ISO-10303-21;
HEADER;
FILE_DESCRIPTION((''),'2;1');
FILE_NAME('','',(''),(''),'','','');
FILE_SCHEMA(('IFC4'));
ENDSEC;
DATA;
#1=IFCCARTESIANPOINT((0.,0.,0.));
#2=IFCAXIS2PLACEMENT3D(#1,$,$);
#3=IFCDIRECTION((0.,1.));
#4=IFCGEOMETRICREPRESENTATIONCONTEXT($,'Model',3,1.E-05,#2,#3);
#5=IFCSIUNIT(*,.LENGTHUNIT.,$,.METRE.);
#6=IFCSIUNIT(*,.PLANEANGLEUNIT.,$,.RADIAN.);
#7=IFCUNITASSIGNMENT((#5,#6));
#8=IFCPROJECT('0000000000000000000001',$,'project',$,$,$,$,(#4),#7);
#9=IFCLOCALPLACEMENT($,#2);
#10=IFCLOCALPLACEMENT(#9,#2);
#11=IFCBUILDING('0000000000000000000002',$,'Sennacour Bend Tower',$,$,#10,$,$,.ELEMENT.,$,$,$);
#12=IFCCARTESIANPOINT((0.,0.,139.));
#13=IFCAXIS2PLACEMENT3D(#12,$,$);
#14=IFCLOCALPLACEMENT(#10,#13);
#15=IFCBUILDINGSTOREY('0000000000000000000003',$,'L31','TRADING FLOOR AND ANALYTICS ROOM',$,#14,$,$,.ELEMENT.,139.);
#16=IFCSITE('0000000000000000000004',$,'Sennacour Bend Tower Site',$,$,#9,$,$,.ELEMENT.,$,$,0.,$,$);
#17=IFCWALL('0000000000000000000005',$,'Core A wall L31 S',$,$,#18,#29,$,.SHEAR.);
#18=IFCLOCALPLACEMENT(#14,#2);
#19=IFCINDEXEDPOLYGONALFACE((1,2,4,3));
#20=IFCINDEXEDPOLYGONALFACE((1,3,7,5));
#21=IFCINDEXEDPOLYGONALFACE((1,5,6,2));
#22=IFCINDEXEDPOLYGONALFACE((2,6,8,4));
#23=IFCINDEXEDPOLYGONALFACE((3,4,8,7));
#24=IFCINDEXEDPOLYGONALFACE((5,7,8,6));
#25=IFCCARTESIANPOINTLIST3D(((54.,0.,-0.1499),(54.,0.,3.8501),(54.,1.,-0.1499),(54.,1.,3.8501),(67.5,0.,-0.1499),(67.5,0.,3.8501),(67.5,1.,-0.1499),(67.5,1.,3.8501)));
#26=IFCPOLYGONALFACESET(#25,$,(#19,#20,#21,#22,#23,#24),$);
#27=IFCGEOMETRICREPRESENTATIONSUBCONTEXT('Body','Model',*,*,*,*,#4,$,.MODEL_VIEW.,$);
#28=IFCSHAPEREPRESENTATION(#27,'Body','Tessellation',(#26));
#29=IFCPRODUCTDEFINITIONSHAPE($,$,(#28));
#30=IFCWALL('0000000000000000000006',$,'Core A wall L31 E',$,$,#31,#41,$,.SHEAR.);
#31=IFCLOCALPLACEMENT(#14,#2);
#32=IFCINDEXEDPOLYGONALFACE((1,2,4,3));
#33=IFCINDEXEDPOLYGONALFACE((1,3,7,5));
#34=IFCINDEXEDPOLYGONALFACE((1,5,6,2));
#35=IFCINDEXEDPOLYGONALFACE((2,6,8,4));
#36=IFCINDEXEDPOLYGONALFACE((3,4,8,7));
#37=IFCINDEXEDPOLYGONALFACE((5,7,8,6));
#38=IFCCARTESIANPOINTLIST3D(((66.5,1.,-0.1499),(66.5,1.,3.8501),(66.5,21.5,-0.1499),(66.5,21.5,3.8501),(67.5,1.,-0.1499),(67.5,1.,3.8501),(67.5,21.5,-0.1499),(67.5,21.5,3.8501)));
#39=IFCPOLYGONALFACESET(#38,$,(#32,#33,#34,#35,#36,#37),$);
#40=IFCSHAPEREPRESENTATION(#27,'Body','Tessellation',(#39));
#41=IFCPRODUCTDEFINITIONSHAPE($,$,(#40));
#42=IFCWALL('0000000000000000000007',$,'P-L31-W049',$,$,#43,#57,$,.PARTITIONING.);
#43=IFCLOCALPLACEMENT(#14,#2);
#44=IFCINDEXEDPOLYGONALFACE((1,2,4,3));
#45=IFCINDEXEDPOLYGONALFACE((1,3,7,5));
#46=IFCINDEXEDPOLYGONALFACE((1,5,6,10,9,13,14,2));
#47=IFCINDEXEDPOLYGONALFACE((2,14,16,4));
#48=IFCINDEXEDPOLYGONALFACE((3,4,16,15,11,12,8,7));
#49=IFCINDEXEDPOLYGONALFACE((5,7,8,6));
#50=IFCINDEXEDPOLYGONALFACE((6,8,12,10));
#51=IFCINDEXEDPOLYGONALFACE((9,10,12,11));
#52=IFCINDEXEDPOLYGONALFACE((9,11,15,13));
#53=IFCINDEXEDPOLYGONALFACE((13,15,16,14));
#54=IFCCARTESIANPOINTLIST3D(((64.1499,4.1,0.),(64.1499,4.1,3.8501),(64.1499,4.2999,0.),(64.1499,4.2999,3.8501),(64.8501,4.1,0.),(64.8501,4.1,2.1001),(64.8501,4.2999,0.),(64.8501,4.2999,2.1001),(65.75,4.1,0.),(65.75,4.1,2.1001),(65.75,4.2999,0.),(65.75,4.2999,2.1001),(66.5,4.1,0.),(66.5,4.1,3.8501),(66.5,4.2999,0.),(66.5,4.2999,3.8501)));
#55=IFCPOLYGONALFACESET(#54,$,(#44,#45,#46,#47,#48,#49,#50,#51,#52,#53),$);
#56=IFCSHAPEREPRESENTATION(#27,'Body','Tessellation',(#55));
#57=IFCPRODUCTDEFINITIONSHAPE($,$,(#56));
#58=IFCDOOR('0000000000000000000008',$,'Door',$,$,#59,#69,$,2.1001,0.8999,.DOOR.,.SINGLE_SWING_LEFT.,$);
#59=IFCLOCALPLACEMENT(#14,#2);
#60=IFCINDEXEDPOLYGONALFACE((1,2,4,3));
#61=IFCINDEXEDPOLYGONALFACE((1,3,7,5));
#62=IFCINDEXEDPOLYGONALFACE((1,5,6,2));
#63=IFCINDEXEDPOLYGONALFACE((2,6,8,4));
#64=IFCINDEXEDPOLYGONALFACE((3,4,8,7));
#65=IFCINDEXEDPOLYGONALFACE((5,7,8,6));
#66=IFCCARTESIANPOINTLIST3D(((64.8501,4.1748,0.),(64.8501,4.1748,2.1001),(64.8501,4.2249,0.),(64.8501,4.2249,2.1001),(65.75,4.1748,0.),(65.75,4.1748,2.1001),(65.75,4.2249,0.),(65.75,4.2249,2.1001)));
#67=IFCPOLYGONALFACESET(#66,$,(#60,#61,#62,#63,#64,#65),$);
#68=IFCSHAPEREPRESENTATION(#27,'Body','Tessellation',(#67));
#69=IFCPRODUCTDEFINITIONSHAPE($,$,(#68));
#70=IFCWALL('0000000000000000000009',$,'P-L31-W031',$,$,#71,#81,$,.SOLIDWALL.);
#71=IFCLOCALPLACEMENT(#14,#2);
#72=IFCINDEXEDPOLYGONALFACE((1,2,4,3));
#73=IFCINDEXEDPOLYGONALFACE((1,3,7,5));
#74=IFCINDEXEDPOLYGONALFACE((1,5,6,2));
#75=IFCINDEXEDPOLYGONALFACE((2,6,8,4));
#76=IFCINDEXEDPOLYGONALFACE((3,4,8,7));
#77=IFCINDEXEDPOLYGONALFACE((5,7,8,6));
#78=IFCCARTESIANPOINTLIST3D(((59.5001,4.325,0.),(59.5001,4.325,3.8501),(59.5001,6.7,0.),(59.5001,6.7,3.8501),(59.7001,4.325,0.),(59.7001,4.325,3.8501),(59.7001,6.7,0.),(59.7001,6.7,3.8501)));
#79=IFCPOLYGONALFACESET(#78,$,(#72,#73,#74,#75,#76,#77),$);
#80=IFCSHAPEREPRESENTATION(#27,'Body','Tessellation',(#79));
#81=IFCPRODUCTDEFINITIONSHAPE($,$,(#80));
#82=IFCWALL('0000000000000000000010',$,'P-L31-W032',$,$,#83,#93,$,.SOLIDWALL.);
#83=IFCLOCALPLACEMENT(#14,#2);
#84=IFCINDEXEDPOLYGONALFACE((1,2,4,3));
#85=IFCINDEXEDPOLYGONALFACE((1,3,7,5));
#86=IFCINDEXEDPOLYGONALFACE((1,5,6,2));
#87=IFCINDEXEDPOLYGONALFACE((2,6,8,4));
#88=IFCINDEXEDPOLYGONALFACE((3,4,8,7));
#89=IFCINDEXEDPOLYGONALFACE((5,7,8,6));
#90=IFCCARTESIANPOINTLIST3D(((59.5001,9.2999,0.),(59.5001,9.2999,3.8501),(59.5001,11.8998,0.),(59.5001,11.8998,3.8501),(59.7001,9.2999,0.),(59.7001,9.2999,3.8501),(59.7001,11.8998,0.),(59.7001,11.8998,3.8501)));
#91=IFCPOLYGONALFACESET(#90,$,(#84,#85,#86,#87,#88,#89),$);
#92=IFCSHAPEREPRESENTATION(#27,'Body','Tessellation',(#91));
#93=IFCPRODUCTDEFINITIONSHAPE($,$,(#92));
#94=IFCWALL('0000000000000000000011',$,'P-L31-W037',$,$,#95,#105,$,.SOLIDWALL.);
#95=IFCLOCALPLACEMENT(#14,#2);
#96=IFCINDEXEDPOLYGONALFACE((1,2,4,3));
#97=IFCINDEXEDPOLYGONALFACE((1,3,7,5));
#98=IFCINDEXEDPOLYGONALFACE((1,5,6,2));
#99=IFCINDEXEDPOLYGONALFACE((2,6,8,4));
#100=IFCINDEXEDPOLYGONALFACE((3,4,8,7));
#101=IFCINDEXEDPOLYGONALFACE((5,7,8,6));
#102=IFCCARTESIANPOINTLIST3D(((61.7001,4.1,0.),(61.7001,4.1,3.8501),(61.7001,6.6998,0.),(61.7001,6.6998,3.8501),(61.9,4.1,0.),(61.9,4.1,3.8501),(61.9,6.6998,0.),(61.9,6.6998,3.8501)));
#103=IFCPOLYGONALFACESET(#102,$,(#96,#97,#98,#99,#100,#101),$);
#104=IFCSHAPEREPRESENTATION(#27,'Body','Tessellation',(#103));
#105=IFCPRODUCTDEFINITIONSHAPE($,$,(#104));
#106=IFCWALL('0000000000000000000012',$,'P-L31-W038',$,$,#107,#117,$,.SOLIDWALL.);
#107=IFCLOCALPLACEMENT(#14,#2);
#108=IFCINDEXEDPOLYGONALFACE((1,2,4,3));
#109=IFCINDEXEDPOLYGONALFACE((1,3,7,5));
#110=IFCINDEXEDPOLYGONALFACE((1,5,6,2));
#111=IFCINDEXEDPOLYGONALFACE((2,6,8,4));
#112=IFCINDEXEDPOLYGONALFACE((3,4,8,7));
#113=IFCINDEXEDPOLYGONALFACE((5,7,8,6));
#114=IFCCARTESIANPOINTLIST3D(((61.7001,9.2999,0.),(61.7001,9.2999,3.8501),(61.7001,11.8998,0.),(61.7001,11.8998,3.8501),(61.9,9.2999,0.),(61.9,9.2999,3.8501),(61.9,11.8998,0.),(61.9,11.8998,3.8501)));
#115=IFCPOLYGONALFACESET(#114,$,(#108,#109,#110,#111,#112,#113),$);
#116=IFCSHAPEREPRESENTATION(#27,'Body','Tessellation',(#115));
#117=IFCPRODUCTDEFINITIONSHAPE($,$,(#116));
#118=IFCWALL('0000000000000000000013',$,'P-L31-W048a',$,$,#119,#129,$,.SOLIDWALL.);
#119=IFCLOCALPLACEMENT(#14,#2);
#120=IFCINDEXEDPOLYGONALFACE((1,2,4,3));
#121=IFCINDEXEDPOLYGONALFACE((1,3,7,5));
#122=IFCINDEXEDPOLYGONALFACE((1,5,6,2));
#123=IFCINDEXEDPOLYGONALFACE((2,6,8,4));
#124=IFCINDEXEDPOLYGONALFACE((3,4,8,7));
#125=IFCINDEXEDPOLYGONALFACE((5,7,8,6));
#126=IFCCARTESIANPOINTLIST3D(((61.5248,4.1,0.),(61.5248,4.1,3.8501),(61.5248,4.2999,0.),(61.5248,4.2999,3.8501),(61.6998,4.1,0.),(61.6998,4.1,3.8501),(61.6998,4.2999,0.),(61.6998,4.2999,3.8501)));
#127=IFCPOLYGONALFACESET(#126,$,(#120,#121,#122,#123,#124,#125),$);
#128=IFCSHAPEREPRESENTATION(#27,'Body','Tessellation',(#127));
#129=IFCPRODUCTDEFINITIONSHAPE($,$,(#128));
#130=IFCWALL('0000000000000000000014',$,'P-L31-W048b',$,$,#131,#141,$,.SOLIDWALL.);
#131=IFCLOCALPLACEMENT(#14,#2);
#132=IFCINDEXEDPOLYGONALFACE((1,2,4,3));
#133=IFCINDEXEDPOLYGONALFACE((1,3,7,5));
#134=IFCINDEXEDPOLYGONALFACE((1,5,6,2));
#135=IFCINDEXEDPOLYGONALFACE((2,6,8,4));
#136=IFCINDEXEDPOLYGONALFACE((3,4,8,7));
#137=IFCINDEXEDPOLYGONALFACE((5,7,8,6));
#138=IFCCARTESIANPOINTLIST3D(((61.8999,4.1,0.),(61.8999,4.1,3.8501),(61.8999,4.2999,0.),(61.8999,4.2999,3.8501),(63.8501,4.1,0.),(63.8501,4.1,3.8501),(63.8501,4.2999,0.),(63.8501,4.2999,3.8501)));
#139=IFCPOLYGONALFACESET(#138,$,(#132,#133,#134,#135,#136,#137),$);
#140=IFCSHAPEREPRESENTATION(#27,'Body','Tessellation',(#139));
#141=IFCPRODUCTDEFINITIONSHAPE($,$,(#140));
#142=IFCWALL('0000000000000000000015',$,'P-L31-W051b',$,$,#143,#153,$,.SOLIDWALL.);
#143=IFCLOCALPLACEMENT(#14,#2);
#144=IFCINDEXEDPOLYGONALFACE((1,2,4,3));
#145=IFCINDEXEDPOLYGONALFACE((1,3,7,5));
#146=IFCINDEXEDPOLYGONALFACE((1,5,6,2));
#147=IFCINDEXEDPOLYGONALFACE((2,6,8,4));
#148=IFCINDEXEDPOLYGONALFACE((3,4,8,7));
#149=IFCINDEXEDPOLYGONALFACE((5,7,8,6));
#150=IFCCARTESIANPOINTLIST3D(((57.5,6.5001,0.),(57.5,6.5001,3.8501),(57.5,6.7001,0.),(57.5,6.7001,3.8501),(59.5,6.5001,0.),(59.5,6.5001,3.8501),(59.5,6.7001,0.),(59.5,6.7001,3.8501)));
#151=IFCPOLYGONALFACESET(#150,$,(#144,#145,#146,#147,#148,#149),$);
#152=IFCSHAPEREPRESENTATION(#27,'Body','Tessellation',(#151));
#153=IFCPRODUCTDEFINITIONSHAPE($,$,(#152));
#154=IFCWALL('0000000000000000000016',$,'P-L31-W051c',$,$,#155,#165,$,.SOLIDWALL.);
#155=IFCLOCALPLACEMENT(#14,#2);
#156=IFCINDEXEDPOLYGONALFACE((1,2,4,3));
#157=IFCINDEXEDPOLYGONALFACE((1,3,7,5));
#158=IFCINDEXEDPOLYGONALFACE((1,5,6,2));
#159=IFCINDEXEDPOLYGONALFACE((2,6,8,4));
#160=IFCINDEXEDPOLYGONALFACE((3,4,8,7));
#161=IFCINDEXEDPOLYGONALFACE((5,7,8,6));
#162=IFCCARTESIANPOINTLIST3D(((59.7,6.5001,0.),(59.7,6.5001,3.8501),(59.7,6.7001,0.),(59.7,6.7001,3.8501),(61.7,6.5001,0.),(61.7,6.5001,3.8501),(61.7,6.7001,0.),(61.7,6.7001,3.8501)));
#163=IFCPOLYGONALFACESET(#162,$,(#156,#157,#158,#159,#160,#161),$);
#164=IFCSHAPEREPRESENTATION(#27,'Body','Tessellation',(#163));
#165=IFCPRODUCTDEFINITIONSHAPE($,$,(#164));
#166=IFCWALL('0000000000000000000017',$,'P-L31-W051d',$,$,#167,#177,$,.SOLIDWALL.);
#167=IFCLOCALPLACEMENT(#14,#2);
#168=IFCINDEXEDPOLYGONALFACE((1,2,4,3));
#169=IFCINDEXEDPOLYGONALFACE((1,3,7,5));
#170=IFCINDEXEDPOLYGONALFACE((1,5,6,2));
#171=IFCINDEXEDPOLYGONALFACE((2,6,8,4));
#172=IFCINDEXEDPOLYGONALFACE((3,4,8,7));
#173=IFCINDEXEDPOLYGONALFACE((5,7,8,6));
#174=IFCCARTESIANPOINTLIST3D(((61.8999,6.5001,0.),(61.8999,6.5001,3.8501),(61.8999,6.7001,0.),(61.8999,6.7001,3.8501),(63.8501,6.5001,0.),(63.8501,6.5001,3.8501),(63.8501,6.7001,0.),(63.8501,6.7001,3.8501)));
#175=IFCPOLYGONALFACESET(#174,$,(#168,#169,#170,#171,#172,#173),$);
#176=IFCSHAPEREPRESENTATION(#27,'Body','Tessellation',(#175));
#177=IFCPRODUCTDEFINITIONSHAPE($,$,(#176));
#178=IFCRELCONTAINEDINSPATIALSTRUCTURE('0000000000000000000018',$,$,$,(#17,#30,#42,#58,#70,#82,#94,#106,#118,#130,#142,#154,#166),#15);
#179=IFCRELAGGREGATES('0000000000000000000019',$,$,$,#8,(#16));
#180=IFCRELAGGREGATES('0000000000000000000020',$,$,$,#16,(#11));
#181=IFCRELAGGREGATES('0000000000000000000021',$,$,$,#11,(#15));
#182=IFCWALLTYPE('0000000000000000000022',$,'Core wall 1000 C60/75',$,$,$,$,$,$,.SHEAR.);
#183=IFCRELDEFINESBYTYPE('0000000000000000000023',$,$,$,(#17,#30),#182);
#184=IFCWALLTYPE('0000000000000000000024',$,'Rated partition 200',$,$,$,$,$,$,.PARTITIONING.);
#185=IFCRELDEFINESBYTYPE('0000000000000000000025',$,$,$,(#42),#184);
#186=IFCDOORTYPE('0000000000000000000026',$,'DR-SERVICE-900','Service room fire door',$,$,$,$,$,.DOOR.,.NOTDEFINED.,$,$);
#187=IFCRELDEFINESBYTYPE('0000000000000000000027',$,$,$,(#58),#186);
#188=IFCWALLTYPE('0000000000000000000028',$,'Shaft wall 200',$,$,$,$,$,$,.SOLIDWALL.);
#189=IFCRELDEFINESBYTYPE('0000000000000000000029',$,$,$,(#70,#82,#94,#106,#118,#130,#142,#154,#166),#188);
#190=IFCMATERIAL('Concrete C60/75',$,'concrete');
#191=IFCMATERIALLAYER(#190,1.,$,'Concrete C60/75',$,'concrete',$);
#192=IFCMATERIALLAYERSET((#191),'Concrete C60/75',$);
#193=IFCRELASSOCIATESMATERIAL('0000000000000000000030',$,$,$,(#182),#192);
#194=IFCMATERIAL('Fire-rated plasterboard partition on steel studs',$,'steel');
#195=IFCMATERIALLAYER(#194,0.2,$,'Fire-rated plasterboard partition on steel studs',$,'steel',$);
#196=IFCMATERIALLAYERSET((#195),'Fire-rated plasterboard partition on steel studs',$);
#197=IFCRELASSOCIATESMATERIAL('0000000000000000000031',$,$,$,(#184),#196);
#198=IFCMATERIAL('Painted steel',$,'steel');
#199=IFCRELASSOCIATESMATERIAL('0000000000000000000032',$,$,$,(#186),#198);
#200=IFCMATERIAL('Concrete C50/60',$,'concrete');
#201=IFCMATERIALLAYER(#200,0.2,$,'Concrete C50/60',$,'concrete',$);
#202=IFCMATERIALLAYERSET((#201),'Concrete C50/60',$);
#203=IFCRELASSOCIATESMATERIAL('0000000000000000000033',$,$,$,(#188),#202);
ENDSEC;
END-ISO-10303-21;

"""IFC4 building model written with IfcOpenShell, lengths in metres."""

from ifc_helpers import new_model, si_unit, direction, frame, frame_2d, origin, place, context, subcontext, project, spatial, rectangle, extrude, material, layer, layer_set, type_object, element, fill, save


model = new_model("IFC4")

# Units and contexts
model_context = context("Model", 3, precision=1e-05, world=origin(), true_north=direction((0.0, 1.0)))
body_context = subcontext(model_context, "Body", "Model", "MODEL_VIEW")
ifc_project = project(units=[si_unit("LENGTHUNIT", "METRE"), si_unit("PLANEANGLEUNIT", "RADIAN")], contexts=[model_context])

# Site, building, storey
site_placement = place(None, origin())
site = spatial("IfcSite", under=ifc_project, at=site_placement, Name="Sennacour Bend Tower Site", CompositionType="ELEMENT", RefElevation=0.0)
building_placement = place(site_placement, origin())
building = spatial("IfcBuilding", under=site, at=building_placement, Name="Sennacour Bend Tower", CompositionType="ELEMENT")
storey_placement = place(building_placement, frame((0.0, 0.0, 139.0)))
storey = spatial("IfcBuildingStorey", under=building, at=storey_placement, Name="L31", Description="TRADING FLOOR AND ANALYTICS ROOM", CompositionType="ELEMENT", Elevation=139.0)

# Walls
ifc_material_1 = material(Name="Concrete C60/75", Category="concrete")
ifc_layer_1 = layer(ifc_material_1, 1.0, Name="Concrete C60/75", Category="concrete")
ifc_layer_set_1 = layer_set([ifc_layer_1], Name="Concrete C60/75")
wall_type_1 = type_object("IfcWallType", Name="Core wall 1000 C60/75", PredefinedType="SHEAR", material=ifc_layer_set_1)
wall_1_placement = place(storey_placement, frame((67.5, 0.5, -0.1499), z_axis=(0.0, 0.0, 1.0), x_axis=(-1.0, 0.0, 0.0)))
element("IfcWall", 1, at=wall_1_placement, inside=storey, type_object=wall_type_1, Name="Core A wall L31 S", PredefinedType="SHEAR", context=body_context, shape_type="SweptSolid", body=[
    extrude(rectangle(XDim=13.5, YDim=1.0, at=frame_2d((6.75, 0.0))), origin(), (0.0, 0.0, 1.0), 4.0),
])
wall_2_placement = place(storey_placement, frame((67.0, 1.0, -0.1499), z_axis=(0.0, 0.0, 1.0), x_axis=(0.0, 1.0, 0.0)))
element("IfcWall", 2, at=wall_2_placement, inside=storey, type_object=wall_type_1, Name="Core A wall L31 E", PredefinedType="SHEAR", context=body_context, shape_type="SweptSolid", body=[
    extrude(rectangle(XDim=20.5, YDim=1.0, at=frame_2d((10.25, 0.0))), origin(), (0.0, 0.0, 1.0), 4.0),
])

# Wall, opening, door
ifc_material_2 = material(Name="Fire-rated plasterboard partition on steel studs", Category="steel")
ifc_layer_2 = layer(ifc_material_2, 0.2, Name="Fire-rated plasterboard partition on steel studs", Category="steel")
ifc_layer_set_2 = layer_set([ifc_layer_2], Name="Fire-rated plasterboard partition on steel studs")
wall_type_2 = type_object("IfcWallType", Name="Rated partition 200", PredefinedType="PARTITIONING", material=ifc_layer_set_2)
wall_3_placement = place(storey_placement, frame((64.1499, 4.2, 0.0), z_axis=(0.0, 0.0, 1.0), x_axis=(1.0, 0.0, 0.0)))
wall_3 = element("IfcWall", 3, at=wall_3_placement, inside=storey, type_object=wall_type_2, Name="P-L31-W049", PredefinedType="PARTITIONING", context=body_context, shape_type="SweptSolid", body=[
    extrude(rectangle(XDim=2.3501, YDim=0.2, at=frame_2d((1.175, 0.0))), origin(), (0.0, 0.0, 1.0), 3.8501),
])
opening_1_placement = place(wall_3_placement, frame((0.7002, 0.0, 0.0)))
opening_1 = element("IfcOpeningElement", 4, at=opening_1_placement, cuts=wall_3, PredefinedType="OPENING", context=body_context, shape_type="SweptSolid", body=[
    extrude(rectangle(XDim=0.8999, YDim=2.1001, at=frame_2d((0.45, 1.05))), frame((0.0, 0.1099, 0.0), z_axis=(0.0, -1.0, 0.0), x_axis=(1.0, 0.0, 0.0)), (0.0, 0.0, 1.0), 0.22),
])
ifc_material_3 = material(Name="Painted steel", Category="steel")
door_type_1 = type_object("IfcDoorType", Name="DR-SERVICE-900", Description="Service room fire door", OperationType="NOTDEFINED", PredefinedType="DOOR", material=ifc_material_3)
door_1_placement = place(opening_1_placement, origin())
door_1 = element("IfcDoor", 5, at=door_1_placement, inside=storey, type_object=door_type_1, Name="Door", OperationType="SINGLE_SWING_LEFT", OverallHeight=2.1001, OverallWidth=0.8999, PredefinedType="DOOR", context=body_context, shape_type="SweptSolid", body=[
    extrude(rectangle(XDim=0.8999, YDim=2.1001, at=frame_2d((0.45, 1.05))), frame((0.0, 0.0249, 0.0), z_axis=(0.0, -1.0, 0.0), x_axis=(1.0, 0.0, 0.0)), (0.0, 0.0, 1.0), 0.05),
])
fill(opening_1, door_1)

# Walls
ifc_material_4 = material(Name="Concrete C50/60", Category="concrete")
ifc_layer_3 = layer(ifc_material_4, 0.2, Name="Concrete C50/60", Category="concrete")
ifc_layer_set_3 = layer_set([ifc_layer_3], Name="Concrete C50/60")
wall_type_3 = type_object("IfcWallType", Name="Shaft wall 200", PredefinedType="SOLIDWALL", material=ifc_layer_set_3)
wall_4_placement = place(storey_placement, frame((59.6001, 4.325, 0.0), z_axis=(0.0, 0.0, 1.0), x_axis=(0.0, 1.0, 0.0)))
element("IfcWall", 6, at=wall_4_placement, inside=storey, type_object=wall_type_3, Name="P-L31-W031", PredefinedType="SOLIDWALL", context=body_context, shape_type="SweptSolid", body=[
    extrude(rectangle(XDim=2.375, YDim=0.2, at=frame_2d((1.1875, 0.0))), origin(), (0.0, 0.0, 1.0), 3.8501),
])
for number, where, z_axis, x_axis, name in (
    (7, (59.6001, 9.3, 0.0), (0.0, 0.0, 1.0), (0.0, 1.0, 0.0), "P-L31-W032"),
    (8, (61.8, 4.1001, 0.0), (0.0, 0.0, 1.0), (0.0, 1.0, 0.0), "P-L31-W037"),
    (9, (61.8, 9.3, 0.0), (0.0, 0.0, 1.0), (0.0, 1.0, 0.0), "P-L31-W038"),
):
    element("IfcWall", number, at=place(storey_placement, frame(where, z_axis=z_axis, x_axis=x_axis)), inside=storey, type_object=wall_type_3, Name=name, PredefinedType="SOLIDWALL", context=body_context, shape_type="SweptSolid", body=[
        extrude(rectangle(XDim=2.5999, YDim=0.2, at=frame_2d((1.2998, 0.0))), origin(), (0.0, 0.0, 1.0), 3.8501),
    ])
wall_5_placement = place(storey_placement, frame((61.5249, 4.2, 0.0), z_axis=(0.0, 0.0, 1.0), x_axis=(1.0, 0.0, 0.0)))
element("IfcWall", 10, at=wall_5_placement, inside=storey, type_object=wall_type_3, Name="P-L31-W048a", PredefinedType="SOLIDWALL", context=body_context, shape_type="SweptSolid", body=[
    extrude(rectangle(XDim=0.175, YDim=0.2, at=frame_2d((0.0874, 0.0))), origin(), (0.0, 0.0, 1.0), 3.8501),
])
wall_6_placement = place(storey_placement, frame((61.8999, 4.2, 0.0), z_axis=(0.0, 0.0, 1.0), x_axis=(1.0, 0.0, 0.0)))
element("IfcWall", 11, at=wall_6_placement, inside=storey, type_object=wall_type_3, Name="P-L31-W048b", PredefinedType="SOLIDWALL", context=body_context, shape_type="SweptSolid", body=[
    extrude(rectangle(XDim=1.9502, YDim=0.2, at=frame_2d((0.9751, 0.0))), origin(), (0.0, 0.0, 1.0), 3.8501),
])
for number, where, z_axis, x_axis, name in (
    (12, (57.5, 6.6001, 0.0), (0.0, 0.0, 1.0), (1.0, 0.0, 0.0), "P-L31-W051b"),
    (13, (59.7, 6.6001, 0.0), (0.0, 0.0, 1.0), (1.0, 0.0, 0.0), "P-L31-W051c"),
):
    element("IfcWall", number, at=place(storey_placement, frame(where, z_axis=z_axis, x_axis=x_axis)), inside=storey, type_object=wall_type_3, Name=name, PredefinedType="SOLIDWALL", context=body_context, shape_type="SweptSolid", body=[
        extrude(rectangle(XDim=2.0, YDim=0.2, at=frame_2d((1.0, 0.0))), origin(), (0.0, 0.0, 1.0), 3.8501),
    ])
wall_7_placement = place(storey_placement, frame((61.8999, 6.6001, 0.0), z_axis=(0.0, 0.0, 1.0), x_axis=(1.0, 0.0, 0.0)))
element("IfcWall", 14, at=wall_7_placement, inside=storey, type_object=wall_type_3, Name="P-L31-W051d", PredefinedType="SOLIDWALL", context=body_context, shape_type="SweptSolid", body=[
    extrude(rectangle(XDim=1.9502, YDim=0.2, at=frame_2d((0.9751, 0.0))), origin(), (0.0, 0.0, 1.0), 3.8501),
])

save(model, "model.ifc")
